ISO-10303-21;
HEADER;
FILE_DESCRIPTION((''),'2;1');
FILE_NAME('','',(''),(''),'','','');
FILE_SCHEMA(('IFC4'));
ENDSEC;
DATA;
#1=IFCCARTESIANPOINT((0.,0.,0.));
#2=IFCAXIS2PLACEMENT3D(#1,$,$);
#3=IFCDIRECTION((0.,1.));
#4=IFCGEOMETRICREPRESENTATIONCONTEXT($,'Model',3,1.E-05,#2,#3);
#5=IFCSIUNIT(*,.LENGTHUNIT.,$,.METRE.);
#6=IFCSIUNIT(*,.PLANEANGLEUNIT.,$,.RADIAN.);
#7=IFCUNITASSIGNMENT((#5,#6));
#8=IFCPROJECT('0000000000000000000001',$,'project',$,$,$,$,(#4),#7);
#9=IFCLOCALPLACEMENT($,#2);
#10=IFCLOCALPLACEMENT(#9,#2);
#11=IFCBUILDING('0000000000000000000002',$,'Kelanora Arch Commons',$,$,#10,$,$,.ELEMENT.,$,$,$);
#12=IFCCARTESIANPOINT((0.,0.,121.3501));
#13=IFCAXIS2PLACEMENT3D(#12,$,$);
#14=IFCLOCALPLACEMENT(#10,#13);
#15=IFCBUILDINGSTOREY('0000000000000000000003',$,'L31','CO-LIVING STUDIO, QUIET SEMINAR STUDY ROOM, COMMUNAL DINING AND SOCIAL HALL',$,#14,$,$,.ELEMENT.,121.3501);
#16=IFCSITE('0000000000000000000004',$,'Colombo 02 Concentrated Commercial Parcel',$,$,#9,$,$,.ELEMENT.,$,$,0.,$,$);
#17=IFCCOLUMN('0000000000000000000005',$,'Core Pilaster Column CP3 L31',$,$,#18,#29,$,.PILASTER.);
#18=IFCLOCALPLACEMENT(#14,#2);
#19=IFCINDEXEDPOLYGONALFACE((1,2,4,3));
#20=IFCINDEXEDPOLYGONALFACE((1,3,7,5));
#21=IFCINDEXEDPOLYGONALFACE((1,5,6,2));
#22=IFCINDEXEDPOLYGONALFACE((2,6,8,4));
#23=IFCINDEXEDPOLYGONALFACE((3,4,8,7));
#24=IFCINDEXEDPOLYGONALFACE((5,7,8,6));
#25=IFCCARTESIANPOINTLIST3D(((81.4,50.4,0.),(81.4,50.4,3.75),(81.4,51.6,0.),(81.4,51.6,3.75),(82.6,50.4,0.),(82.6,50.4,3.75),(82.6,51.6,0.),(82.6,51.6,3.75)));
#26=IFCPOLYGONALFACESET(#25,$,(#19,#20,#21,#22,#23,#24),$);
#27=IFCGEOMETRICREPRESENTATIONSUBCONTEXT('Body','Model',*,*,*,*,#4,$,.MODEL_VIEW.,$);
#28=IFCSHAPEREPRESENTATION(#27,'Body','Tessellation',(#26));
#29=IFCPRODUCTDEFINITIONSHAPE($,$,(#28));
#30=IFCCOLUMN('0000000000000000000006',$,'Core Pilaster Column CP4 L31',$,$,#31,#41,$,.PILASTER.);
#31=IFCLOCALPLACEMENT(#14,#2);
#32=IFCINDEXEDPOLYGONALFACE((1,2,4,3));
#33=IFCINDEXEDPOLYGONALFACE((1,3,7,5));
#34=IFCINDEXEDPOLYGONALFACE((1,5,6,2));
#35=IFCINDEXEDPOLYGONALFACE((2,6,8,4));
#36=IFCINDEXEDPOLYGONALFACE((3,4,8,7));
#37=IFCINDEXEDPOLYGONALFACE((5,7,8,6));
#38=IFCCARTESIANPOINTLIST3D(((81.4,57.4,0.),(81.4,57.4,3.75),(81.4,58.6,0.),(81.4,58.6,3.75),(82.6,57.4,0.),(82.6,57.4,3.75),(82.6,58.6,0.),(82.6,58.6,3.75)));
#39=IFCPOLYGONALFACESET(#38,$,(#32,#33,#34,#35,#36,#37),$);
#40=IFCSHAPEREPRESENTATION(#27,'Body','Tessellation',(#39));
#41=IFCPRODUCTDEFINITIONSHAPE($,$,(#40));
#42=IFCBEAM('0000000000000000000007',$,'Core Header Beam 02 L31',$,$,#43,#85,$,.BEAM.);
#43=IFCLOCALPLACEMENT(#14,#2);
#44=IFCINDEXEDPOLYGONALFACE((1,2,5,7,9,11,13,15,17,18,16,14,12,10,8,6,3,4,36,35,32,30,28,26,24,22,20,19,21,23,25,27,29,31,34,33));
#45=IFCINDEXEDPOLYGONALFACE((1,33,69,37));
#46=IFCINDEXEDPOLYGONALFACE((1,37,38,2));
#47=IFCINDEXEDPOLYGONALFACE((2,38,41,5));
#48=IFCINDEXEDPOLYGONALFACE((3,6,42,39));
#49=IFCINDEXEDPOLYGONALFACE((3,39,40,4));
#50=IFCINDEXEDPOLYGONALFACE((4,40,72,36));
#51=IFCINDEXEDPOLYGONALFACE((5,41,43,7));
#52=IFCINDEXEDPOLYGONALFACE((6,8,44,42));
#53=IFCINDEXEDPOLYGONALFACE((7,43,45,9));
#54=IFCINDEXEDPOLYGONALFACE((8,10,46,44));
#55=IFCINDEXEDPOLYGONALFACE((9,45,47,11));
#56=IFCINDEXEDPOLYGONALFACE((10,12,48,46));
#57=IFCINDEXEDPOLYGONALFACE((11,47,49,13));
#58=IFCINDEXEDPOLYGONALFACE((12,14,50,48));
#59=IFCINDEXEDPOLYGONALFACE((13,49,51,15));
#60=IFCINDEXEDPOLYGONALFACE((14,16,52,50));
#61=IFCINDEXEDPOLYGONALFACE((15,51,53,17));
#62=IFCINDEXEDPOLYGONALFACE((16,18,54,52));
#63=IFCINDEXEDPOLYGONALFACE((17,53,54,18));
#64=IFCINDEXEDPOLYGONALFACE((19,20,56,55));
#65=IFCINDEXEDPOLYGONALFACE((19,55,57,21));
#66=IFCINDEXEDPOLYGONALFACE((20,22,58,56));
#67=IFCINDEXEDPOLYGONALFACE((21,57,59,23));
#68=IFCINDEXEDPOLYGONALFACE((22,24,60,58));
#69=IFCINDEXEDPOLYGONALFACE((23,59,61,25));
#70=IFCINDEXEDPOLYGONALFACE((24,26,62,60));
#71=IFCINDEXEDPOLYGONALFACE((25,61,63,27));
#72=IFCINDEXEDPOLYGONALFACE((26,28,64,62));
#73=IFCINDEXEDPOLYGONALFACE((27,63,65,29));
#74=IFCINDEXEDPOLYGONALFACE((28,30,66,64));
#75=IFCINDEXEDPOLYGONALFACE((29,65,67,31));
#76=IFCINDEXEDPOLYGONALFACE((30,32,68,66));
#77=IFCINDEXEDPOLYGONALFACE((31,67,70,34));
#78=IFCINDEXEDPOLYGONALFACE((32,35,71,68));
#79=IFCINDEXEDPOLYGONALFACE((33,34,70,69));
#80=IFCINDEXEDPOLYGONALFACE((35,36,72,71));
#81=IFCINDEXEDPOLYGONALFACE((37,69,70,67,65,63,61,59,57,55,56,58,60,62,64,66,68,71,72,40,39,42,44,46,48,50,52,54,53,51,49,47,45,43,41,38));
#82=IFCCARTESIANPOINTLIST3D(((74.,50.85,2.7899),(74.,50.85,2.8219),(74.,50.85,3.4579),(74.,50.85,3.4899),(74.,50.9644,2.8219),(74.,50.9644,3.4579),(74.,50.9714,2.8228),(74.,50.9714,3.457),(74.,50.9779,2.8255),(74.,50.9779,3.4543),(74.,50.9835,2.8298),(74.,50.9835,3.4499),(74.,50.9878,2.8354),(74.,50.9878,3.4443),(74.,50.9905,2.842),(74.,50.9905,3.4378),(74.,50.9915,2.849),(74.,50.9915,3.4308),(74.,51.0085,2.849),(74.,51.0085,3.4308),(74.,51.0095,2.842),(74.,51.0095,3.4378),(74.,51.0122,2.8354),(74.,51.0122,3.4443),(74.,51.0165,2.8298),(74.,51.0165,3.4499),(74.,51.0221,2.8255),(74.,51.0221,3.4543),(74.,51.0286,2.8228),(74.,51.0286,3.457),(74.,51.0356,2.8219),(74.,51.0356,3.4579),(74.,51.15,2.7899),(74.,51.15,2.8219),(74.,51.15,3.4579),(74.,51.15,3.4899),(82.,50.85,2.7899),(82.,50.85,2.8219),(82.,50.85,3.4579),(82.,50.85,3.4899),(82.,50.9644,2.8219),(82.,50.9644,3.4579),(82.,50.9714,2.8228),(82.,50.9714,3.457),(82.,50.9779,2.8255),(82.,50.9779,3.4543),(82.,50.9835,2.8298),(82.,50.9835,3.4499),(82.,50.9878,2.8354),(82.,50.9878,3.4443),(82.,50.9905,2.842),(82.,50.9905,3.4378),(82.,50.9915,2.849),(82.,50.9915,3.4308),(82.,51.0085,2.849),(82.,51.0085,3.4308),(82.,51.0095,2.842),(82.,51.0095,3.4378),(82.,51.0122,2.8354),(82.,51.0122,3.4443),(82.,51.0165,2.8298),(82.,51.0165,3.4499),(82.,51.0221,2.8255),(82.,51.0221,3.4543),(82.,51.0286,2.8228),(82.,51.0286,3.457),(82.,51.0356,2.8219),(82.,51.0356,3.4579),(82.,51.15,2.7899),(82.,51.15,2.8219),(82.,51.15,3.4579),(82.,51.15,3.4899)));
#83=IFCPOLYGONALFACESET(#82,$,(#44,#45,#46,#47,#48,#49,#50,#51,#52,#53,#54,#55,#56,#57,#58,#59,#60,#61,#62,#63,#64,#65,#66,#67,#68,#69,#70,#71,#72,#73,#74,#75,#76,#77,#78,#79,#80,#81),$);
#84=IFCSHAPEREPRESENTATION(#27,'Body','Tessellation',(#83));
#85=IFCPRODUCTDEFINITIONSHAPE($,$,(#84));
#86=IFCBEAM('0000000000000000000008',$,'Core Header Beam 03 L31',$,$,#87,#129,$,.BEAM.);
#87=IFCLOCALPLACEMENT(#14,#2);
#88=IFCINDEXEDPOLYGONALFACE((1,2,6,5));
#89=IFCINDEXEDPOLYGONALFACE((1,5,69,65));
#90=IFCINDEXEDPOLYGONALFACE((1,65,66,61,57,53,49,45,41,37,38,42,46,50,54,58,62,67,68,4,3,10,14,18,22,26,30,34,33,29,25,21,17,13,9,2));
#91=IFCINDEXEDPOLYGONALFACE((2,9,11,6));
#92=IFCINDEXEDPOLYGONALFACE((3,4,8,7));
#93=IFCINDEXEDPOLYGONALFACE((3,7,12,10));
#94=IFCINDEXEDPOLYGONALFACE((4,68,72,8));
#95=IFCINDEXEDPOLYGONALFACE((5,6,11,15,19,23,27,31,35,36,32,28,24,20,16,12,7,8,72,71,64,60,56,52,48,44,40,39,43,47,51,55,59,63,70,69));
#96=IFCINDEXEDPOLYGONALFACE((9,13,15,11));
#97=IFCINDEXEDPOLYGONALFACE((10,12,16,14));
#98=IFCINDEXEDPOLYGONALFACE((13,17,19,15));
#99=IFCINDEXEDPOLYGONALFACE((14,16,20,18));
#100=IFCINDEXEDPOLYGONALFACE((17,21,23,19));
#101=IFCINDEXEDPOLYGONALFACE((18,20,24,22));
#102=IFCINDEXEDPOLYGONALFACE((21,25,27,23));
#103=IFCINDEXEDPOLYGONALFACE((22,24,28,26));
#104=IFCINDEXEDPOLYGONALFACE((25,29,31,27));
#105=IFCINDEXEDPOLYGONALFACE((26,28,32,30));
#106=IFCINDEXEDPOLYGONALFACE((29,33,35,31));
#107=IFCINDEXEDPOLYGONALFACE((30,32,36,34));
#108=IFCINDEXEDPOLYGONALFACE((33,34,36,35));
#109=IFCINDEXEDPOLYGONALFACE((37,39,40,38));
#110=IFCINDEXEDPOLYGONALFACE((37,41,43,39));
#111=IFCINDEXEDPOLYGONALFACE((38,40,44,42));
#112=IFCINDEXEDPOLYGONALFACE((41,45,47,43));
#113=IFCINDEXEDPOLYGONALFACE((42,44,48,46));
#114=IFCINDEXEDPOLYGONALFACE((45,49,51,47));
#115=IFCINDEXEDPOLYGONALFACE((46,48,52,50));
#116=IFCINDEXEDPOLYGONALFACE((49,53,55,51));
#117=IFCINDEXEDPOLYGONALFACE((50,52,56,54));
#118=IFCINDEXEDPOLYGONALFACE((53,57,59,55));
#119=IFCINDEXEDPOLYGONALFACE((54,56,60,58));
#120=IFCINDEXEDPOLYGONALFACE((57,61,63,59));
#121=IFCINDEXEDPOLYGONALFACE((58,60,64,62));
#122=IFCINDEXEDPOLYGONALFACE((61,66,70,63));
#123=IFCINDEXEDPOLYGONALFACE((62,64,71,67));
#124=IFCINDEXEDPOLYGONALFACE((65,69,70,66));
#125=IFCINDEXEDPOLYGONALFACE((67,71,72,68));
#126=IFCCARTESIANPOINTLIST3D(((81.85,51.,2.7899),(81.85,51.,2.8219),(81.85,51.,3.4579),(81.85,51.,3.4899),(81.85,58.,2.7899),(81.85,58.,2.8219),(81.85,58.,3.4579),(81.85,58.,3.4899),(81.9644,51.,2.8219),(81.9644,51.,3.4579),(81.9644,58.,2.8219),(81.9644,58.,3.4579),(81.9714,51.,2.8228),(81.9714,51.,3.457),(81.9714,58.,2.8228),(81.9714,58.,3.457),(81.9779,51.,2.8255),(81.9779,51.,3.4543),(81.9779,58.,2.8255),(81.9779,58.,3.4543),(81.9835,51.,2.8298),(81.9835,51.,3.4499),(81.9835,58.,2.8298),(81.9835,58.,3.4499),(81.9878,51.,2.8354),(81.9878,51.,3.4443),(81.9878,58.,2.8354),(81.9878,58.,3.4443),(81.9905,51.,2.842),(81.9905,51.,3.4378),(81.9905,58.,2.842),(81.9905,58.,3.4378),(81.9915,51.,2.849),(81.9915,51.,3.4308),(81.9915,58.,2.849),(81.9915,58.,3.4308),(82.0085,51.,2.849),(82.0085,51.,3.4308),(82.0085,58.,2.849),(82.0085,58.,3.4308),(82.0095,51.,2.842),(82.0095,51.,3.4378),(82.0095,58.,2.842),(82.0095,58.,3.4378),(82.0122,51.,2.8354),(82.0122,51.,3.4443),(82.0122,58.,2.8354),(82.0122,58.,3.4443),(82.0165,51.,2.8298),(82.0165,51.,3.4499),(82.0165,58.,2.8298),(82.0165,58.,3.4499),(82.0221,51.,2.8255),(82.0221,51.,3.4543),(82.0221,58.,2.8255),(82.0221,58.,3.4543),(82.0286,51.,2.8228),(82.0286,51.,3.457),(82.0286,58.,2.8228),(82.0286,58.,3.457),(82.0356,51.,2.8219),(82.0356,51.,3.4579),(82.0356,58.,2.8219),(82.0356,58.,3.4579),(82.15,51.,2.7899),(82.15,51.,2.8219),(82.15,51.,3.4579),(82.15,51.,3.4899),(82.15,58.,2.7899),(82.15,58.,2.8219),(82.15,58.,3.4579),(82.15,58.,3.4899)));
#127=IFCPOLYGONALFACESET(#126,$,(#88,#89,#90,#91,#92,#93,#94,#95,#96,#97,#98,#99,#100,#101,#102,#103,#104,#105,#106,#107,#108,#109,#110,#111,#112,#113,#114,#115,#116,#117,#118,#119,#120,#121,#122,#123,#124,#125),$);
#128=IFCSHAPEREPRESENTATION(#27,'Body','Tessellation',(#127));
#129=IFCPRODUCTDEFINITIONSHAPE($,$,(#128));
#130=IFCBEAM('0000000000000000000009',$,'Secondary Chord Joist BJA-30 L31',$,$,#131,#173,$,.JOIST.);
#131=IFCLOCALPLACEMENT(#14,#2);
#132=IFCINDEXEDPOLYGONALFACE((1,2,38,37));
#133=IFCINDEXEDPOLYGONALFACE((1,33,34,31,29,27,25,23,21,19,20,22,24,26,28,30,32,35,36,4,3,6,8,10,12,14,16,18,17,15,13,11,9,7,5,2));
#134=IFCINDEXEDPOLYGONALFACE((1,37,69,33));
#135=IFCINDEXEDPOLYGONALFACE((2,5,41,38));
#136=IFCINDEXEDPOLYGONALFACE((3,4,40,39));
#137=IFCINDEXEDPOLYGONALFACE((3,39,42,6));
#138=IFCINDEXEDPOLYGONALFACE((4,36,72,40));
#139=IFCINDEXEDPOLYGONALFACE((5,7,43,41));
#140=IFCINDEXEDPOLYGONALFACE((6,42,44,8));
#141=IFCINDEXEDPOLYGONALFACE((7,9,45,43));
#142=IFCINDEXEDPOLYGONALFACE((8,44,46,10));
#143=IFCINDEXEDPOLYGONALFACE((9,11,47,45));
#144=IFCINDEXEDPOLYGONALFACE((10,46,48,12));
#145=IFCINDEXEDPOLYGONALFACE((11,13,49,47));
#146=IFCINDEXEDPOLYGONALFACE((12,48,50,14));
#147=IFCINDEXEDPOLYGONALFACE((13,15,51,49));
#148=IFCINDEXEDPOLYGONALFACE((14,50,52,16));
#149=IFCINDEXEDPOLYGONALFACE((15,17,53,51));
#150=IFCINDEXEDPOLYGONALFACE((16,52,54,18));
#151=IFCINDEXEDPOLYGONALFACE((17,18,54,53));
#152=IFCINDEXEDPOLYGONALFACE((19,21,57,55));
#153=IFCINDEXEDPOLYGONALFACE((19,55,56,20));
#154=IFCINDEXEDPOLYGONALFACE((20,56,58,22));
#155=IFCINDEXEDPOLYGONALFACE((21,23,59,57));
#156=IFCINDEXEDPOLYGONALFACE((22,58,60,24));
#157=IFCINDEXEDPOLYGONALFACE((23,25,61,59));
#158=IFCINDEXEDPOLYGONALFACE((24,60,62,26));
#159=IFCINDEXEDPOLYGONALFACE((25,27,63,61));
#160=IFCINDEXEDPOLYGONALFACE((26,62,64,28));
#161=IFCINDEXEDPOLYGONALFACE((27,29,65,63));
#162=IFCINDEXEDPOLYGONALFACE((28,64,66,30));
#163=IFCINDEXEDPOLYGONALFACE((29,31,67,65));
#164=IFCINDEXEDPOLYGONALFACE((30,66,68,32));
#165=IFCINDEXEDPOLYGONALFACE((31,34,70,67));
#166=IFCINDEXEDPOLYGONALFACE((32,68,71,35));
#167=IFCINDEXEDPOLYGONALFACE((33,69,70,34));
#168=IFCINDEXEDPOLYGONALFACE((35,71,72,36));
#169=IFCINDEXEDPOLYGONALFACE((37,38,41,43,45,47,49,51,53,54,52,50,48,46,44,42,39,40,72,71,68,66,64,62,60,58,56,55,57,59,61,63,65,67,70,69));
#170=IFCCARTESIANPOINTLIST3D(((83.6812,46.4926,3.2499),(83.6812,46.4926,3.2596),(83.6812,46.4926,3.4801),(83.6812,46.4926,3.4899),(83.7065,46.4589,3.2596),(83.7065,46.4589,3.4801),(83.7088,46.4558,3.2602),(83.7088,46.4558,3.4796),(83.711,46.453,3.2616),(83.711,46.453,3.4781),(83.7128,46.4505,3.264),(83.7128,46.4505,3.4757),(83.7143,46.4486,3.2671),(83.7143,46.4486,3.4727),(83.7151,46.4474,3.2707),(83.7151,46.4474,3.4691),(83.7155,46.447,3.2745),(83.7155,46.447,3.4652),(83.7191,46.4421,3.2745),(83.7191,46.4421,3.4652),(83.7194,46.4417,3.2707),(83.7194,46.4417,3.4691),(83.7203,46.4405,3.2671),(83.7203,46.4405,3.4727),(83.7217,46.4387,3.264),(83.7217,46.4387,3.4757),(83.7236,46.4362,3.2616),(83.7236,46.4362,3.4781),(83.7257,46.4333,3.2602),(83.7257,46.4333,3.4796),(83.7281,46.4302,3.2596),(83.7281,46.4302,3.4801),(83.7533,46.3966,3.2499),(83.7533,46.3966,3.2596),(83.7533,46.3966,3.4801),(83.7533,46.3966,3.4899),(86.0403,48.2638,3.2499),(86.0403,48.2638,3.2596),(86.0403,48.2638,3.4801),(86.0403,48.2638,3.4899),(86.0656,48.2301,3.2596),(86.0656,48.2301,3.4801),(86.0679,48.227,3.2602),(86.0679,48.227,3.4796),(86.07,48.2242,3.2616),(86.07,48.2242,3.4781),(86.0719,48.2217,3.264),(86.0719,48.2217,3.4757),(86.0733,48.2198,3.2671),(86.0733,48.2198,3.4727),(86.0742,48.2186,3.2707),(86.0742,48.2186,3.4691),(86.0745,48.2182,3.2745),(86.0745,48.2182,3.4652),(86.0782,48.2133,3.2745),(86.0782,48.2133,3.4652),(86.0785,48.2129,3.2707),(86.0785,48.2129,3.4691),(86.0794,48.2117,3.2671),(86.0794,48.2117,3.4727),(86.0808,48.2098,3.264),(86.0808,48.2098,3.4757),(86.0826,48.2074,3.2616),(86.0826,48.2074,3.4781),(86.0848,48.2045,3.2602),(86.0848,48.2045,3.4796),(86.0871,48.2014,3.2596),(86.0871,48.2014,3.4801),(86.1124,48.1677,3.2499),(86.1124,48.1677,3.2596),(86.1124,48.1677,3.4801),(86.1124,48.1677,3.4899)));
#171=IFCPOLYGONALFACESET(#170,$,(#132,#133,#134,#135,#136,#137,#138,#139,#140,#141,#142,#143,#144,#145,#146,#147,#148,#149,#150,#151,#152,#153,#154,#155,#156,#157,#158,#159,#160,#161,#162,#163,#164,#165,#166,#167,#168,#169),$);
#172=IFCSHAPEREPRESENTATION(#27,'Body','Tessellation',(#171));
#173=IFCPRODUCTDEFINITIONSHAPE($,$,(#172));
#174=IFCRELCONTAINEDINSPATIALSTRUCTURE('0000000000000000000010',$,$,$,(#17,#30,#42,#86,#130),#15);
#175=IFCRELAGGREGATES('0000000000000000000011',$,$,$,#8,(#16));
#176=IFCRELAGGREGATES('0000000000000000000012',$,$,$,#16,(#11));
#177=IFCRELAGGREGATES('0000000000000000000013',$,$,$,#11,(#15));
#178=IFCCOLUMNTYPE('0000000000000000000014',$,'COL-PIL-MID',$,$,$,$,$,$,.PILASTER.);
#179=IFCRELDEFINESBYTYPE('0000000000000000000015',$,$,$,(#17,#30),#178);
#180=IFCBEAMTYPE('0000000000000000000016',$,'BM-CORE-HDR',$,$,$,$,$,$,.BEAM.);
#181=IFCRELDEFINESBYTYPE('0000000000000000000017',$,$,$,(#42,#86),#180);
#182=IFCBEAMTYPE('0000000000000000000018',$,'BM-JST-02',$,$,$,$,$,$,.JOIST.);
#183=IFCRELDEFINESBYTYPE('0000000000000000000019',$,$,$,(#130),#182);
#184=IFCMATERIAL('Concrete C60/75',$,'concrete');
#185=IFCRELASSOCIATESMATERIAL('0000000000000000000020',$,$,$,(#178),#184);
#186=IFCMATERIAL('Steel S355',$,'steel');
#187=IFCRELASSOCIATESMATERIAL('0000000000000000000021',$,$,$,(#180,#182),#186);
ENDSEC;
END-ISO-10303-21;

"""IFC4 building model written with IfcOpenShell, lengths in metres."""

from ifc_helpers import new_model, si_unit, direction, frame, origin, origin_2d, place, context, subcontext, project, spatial, rectangle, i_section, extrude, material, material_profile, profile_set, type_object, element, save


model = new_model("IFC4")

# Units and contexts
model_context = context("Model", 3, precision=1e-05, world=origin(), true_north=direction((0.0, 1.0)))
body_context = subcontext(model_context, "Body", "Model", "MODEL_VIEW")
ifc_project = project(units=[si_unit("LENGTHUNIT", "METRE"), si_unit("PLANEANGLEUNIT", "RADIAN")], contexts=[model_context])

# Site, building, storey
site_placement = place(None, origin())
site = spatial("IfcSite", under=ifc_project, at=site_placement, Name="Colombo 02 Concentrated Commercial Parcel", CompositionType="ELEMENT", RefElevation=0.0)
building_placement = place(site_placement, origin())
building = spatial("IfcBuilding", under=site, at=building_placement, Name="Kelanora Arch Commons", CompositionType="ELEMENT")
storey_placement = place(building_placement, frame((0.0, 0.0, 121.3501)))
storey = spatial("IfcBuildingStorey", under=building, at=storey_placement, Name="L31", Description="CO-LIVING STUDIO, QUIET SEMINAR STUDY ROOM, COMMUNAL DINING AND SOCIAL HALL", CompositionType="ELEMENT", Elevation=121.3501)

# Columns
ifc_material_1 = material(Name="Concrete C60/75", Category="concrete")
ifc_material_profile_1 = material_profile(ifc_material_1, rectangle(XDim=1.2, YDim=1.2, at=origin_2d()), Name="RC1200x1200")
ifc_profile_set_1 = profile_set([ifc_material_profile_1], Name="Concrete C60/75")
column_type = type_object("IfcColumnType", Name="COL-PIL-MID", PredefinedType="PILASTER", material=ifc_profile_set_1)
for number, where, z_axis, x_axis, name in (
    (1, (82.0, 51.0, 0.0), (0.0, 0.0, 1.0), (1.0, 0.0, 0.0), "Core Pilaster Column CP3 L31"),
    (2, (82.0, 58.0, 0.0), (0.0, 0.0, 1.0), (1.0, 0.0, 0.0), "Core Pilaster Column CP4 L31"),
):
    element("IfcColumn", number, at=place(storey_placement, frame(where, z_axis=z_axis, x_axis=x_axis)), inside=storey, type_object=column_type, Name=name, PredefinedType="PILASTER", context=body_context, shape_type="SweptSolid", body=[
        extrude(rectangle(XDim=1.2, YDim=1.2, at=origin_2d()), origin(), (0.0, 0.0, 1.0), 3.75),
    ])

# Beams
ifc_material_2 = material(Name="Steel S355", Category="steel")
ifc_material_profile_2 = material_profile(ifc_material_2, i_section(OverallWidth=0.3, OverallDepth=0.7, WebThickness=0.0171, FlangeThickness=0.032, FilletRadius=0.0271, at=origin_2d()), Name="HEB700")
ifc_profile_set_2 = profile_set([ifc_material_profile_2], Name="Steel S355")
beam_type_1 = type_object("IfcBeamType", Name="BM-CORE-HDR", PredefinedType="BEAM", material=ifc_profile_set_2)
beam_1_placement = place(storey_placement, frame((74.0, 51.0, 3.1399), z_axis=(1.0, 0.0, 0.0), x_axis=(0.0, 1.0, 0.0)))
element("IfcBeam", 3, at=beam_1_placement, inside=storey, type_object=beam_type_1, Name="Core Header Beam 02 L31", PredefinedType="BEAM", context=body_context, shape_type="SweptSolid", body=[
    extrude(i_section(OverallWidth=0.3, OverallDepth=0.7, WebThickness=0.0171, FlangeThickness=0.032, FilletRadius=0.0271, at=origin_2d()), origin(), (0.0, 0.0, 1.0), 8.0),
])
beam_2_placement = place(storey_placement, frame((82.0, 51.0, 3.1399), z_axis=(0.0, 1.0, 0.0), x_axis=(-1.0, 0.0, 0.0)))
element("IfcBeam", 4, at=beam_2_placement, inside=storey, type_object=beam_type_1, Name="Core Header Beam 03 L31", PredefinedType="BEAM", context=body_context, shape_type="SweptSolid", body=[
    extrude(i_section(OverallWidth=0.3, OverallDepth=0.7, WebThickness=0.0171, FlangeThickness=0.032, FilletRadius=0.0271, at=origin_2d()), origin(), (0.0, 0.0, 1.0), 7.0),
])
ifc_material_profile_3 = material_profile(ifc_material_2, i_section(OverallWidth=0.1201, OverallDepth=0.24, WebThickness=0.0061, FlangeThickness=0.0098, FilletRadius=0.0149, at=origin_2d()), Name="IPE240")
ifc_profile_set_3 = profile_set([ifc_material_profile_3], Name="Steel S355")
beam_type_2 = type_object("IfcBeamType", Name="BM-JST-02", PredefinedType="JOIST", material=ifc_profile_set_3)
beam_3_placement = place(storey_placement, frame((83.7173, 46.4446, 3.3699), z_axis=(0.799692, 0.60041, 0.0), x_axis=(-0.60041, 0.799692, 0.0)))
element("IfcBeam", 5, at=beam_3_placement, inside=storey, type_object=beam_type_2, Name="Secondary Chord Joist BJA-30 L31", PredefinedType="JOIST", context=body_context, shape_type="SweptSolid", body=[
    extrude(i_section(OverallWidth=0.1201, OverallDepth=0.24, WebThickness=0.0061, FlangeThickness=0.0098, FilletRadius=0.0149, at=origin_2d()), origin(), (0.0, 0.0, 1.0), 2.95),
])

save(model, "model.ifc")
